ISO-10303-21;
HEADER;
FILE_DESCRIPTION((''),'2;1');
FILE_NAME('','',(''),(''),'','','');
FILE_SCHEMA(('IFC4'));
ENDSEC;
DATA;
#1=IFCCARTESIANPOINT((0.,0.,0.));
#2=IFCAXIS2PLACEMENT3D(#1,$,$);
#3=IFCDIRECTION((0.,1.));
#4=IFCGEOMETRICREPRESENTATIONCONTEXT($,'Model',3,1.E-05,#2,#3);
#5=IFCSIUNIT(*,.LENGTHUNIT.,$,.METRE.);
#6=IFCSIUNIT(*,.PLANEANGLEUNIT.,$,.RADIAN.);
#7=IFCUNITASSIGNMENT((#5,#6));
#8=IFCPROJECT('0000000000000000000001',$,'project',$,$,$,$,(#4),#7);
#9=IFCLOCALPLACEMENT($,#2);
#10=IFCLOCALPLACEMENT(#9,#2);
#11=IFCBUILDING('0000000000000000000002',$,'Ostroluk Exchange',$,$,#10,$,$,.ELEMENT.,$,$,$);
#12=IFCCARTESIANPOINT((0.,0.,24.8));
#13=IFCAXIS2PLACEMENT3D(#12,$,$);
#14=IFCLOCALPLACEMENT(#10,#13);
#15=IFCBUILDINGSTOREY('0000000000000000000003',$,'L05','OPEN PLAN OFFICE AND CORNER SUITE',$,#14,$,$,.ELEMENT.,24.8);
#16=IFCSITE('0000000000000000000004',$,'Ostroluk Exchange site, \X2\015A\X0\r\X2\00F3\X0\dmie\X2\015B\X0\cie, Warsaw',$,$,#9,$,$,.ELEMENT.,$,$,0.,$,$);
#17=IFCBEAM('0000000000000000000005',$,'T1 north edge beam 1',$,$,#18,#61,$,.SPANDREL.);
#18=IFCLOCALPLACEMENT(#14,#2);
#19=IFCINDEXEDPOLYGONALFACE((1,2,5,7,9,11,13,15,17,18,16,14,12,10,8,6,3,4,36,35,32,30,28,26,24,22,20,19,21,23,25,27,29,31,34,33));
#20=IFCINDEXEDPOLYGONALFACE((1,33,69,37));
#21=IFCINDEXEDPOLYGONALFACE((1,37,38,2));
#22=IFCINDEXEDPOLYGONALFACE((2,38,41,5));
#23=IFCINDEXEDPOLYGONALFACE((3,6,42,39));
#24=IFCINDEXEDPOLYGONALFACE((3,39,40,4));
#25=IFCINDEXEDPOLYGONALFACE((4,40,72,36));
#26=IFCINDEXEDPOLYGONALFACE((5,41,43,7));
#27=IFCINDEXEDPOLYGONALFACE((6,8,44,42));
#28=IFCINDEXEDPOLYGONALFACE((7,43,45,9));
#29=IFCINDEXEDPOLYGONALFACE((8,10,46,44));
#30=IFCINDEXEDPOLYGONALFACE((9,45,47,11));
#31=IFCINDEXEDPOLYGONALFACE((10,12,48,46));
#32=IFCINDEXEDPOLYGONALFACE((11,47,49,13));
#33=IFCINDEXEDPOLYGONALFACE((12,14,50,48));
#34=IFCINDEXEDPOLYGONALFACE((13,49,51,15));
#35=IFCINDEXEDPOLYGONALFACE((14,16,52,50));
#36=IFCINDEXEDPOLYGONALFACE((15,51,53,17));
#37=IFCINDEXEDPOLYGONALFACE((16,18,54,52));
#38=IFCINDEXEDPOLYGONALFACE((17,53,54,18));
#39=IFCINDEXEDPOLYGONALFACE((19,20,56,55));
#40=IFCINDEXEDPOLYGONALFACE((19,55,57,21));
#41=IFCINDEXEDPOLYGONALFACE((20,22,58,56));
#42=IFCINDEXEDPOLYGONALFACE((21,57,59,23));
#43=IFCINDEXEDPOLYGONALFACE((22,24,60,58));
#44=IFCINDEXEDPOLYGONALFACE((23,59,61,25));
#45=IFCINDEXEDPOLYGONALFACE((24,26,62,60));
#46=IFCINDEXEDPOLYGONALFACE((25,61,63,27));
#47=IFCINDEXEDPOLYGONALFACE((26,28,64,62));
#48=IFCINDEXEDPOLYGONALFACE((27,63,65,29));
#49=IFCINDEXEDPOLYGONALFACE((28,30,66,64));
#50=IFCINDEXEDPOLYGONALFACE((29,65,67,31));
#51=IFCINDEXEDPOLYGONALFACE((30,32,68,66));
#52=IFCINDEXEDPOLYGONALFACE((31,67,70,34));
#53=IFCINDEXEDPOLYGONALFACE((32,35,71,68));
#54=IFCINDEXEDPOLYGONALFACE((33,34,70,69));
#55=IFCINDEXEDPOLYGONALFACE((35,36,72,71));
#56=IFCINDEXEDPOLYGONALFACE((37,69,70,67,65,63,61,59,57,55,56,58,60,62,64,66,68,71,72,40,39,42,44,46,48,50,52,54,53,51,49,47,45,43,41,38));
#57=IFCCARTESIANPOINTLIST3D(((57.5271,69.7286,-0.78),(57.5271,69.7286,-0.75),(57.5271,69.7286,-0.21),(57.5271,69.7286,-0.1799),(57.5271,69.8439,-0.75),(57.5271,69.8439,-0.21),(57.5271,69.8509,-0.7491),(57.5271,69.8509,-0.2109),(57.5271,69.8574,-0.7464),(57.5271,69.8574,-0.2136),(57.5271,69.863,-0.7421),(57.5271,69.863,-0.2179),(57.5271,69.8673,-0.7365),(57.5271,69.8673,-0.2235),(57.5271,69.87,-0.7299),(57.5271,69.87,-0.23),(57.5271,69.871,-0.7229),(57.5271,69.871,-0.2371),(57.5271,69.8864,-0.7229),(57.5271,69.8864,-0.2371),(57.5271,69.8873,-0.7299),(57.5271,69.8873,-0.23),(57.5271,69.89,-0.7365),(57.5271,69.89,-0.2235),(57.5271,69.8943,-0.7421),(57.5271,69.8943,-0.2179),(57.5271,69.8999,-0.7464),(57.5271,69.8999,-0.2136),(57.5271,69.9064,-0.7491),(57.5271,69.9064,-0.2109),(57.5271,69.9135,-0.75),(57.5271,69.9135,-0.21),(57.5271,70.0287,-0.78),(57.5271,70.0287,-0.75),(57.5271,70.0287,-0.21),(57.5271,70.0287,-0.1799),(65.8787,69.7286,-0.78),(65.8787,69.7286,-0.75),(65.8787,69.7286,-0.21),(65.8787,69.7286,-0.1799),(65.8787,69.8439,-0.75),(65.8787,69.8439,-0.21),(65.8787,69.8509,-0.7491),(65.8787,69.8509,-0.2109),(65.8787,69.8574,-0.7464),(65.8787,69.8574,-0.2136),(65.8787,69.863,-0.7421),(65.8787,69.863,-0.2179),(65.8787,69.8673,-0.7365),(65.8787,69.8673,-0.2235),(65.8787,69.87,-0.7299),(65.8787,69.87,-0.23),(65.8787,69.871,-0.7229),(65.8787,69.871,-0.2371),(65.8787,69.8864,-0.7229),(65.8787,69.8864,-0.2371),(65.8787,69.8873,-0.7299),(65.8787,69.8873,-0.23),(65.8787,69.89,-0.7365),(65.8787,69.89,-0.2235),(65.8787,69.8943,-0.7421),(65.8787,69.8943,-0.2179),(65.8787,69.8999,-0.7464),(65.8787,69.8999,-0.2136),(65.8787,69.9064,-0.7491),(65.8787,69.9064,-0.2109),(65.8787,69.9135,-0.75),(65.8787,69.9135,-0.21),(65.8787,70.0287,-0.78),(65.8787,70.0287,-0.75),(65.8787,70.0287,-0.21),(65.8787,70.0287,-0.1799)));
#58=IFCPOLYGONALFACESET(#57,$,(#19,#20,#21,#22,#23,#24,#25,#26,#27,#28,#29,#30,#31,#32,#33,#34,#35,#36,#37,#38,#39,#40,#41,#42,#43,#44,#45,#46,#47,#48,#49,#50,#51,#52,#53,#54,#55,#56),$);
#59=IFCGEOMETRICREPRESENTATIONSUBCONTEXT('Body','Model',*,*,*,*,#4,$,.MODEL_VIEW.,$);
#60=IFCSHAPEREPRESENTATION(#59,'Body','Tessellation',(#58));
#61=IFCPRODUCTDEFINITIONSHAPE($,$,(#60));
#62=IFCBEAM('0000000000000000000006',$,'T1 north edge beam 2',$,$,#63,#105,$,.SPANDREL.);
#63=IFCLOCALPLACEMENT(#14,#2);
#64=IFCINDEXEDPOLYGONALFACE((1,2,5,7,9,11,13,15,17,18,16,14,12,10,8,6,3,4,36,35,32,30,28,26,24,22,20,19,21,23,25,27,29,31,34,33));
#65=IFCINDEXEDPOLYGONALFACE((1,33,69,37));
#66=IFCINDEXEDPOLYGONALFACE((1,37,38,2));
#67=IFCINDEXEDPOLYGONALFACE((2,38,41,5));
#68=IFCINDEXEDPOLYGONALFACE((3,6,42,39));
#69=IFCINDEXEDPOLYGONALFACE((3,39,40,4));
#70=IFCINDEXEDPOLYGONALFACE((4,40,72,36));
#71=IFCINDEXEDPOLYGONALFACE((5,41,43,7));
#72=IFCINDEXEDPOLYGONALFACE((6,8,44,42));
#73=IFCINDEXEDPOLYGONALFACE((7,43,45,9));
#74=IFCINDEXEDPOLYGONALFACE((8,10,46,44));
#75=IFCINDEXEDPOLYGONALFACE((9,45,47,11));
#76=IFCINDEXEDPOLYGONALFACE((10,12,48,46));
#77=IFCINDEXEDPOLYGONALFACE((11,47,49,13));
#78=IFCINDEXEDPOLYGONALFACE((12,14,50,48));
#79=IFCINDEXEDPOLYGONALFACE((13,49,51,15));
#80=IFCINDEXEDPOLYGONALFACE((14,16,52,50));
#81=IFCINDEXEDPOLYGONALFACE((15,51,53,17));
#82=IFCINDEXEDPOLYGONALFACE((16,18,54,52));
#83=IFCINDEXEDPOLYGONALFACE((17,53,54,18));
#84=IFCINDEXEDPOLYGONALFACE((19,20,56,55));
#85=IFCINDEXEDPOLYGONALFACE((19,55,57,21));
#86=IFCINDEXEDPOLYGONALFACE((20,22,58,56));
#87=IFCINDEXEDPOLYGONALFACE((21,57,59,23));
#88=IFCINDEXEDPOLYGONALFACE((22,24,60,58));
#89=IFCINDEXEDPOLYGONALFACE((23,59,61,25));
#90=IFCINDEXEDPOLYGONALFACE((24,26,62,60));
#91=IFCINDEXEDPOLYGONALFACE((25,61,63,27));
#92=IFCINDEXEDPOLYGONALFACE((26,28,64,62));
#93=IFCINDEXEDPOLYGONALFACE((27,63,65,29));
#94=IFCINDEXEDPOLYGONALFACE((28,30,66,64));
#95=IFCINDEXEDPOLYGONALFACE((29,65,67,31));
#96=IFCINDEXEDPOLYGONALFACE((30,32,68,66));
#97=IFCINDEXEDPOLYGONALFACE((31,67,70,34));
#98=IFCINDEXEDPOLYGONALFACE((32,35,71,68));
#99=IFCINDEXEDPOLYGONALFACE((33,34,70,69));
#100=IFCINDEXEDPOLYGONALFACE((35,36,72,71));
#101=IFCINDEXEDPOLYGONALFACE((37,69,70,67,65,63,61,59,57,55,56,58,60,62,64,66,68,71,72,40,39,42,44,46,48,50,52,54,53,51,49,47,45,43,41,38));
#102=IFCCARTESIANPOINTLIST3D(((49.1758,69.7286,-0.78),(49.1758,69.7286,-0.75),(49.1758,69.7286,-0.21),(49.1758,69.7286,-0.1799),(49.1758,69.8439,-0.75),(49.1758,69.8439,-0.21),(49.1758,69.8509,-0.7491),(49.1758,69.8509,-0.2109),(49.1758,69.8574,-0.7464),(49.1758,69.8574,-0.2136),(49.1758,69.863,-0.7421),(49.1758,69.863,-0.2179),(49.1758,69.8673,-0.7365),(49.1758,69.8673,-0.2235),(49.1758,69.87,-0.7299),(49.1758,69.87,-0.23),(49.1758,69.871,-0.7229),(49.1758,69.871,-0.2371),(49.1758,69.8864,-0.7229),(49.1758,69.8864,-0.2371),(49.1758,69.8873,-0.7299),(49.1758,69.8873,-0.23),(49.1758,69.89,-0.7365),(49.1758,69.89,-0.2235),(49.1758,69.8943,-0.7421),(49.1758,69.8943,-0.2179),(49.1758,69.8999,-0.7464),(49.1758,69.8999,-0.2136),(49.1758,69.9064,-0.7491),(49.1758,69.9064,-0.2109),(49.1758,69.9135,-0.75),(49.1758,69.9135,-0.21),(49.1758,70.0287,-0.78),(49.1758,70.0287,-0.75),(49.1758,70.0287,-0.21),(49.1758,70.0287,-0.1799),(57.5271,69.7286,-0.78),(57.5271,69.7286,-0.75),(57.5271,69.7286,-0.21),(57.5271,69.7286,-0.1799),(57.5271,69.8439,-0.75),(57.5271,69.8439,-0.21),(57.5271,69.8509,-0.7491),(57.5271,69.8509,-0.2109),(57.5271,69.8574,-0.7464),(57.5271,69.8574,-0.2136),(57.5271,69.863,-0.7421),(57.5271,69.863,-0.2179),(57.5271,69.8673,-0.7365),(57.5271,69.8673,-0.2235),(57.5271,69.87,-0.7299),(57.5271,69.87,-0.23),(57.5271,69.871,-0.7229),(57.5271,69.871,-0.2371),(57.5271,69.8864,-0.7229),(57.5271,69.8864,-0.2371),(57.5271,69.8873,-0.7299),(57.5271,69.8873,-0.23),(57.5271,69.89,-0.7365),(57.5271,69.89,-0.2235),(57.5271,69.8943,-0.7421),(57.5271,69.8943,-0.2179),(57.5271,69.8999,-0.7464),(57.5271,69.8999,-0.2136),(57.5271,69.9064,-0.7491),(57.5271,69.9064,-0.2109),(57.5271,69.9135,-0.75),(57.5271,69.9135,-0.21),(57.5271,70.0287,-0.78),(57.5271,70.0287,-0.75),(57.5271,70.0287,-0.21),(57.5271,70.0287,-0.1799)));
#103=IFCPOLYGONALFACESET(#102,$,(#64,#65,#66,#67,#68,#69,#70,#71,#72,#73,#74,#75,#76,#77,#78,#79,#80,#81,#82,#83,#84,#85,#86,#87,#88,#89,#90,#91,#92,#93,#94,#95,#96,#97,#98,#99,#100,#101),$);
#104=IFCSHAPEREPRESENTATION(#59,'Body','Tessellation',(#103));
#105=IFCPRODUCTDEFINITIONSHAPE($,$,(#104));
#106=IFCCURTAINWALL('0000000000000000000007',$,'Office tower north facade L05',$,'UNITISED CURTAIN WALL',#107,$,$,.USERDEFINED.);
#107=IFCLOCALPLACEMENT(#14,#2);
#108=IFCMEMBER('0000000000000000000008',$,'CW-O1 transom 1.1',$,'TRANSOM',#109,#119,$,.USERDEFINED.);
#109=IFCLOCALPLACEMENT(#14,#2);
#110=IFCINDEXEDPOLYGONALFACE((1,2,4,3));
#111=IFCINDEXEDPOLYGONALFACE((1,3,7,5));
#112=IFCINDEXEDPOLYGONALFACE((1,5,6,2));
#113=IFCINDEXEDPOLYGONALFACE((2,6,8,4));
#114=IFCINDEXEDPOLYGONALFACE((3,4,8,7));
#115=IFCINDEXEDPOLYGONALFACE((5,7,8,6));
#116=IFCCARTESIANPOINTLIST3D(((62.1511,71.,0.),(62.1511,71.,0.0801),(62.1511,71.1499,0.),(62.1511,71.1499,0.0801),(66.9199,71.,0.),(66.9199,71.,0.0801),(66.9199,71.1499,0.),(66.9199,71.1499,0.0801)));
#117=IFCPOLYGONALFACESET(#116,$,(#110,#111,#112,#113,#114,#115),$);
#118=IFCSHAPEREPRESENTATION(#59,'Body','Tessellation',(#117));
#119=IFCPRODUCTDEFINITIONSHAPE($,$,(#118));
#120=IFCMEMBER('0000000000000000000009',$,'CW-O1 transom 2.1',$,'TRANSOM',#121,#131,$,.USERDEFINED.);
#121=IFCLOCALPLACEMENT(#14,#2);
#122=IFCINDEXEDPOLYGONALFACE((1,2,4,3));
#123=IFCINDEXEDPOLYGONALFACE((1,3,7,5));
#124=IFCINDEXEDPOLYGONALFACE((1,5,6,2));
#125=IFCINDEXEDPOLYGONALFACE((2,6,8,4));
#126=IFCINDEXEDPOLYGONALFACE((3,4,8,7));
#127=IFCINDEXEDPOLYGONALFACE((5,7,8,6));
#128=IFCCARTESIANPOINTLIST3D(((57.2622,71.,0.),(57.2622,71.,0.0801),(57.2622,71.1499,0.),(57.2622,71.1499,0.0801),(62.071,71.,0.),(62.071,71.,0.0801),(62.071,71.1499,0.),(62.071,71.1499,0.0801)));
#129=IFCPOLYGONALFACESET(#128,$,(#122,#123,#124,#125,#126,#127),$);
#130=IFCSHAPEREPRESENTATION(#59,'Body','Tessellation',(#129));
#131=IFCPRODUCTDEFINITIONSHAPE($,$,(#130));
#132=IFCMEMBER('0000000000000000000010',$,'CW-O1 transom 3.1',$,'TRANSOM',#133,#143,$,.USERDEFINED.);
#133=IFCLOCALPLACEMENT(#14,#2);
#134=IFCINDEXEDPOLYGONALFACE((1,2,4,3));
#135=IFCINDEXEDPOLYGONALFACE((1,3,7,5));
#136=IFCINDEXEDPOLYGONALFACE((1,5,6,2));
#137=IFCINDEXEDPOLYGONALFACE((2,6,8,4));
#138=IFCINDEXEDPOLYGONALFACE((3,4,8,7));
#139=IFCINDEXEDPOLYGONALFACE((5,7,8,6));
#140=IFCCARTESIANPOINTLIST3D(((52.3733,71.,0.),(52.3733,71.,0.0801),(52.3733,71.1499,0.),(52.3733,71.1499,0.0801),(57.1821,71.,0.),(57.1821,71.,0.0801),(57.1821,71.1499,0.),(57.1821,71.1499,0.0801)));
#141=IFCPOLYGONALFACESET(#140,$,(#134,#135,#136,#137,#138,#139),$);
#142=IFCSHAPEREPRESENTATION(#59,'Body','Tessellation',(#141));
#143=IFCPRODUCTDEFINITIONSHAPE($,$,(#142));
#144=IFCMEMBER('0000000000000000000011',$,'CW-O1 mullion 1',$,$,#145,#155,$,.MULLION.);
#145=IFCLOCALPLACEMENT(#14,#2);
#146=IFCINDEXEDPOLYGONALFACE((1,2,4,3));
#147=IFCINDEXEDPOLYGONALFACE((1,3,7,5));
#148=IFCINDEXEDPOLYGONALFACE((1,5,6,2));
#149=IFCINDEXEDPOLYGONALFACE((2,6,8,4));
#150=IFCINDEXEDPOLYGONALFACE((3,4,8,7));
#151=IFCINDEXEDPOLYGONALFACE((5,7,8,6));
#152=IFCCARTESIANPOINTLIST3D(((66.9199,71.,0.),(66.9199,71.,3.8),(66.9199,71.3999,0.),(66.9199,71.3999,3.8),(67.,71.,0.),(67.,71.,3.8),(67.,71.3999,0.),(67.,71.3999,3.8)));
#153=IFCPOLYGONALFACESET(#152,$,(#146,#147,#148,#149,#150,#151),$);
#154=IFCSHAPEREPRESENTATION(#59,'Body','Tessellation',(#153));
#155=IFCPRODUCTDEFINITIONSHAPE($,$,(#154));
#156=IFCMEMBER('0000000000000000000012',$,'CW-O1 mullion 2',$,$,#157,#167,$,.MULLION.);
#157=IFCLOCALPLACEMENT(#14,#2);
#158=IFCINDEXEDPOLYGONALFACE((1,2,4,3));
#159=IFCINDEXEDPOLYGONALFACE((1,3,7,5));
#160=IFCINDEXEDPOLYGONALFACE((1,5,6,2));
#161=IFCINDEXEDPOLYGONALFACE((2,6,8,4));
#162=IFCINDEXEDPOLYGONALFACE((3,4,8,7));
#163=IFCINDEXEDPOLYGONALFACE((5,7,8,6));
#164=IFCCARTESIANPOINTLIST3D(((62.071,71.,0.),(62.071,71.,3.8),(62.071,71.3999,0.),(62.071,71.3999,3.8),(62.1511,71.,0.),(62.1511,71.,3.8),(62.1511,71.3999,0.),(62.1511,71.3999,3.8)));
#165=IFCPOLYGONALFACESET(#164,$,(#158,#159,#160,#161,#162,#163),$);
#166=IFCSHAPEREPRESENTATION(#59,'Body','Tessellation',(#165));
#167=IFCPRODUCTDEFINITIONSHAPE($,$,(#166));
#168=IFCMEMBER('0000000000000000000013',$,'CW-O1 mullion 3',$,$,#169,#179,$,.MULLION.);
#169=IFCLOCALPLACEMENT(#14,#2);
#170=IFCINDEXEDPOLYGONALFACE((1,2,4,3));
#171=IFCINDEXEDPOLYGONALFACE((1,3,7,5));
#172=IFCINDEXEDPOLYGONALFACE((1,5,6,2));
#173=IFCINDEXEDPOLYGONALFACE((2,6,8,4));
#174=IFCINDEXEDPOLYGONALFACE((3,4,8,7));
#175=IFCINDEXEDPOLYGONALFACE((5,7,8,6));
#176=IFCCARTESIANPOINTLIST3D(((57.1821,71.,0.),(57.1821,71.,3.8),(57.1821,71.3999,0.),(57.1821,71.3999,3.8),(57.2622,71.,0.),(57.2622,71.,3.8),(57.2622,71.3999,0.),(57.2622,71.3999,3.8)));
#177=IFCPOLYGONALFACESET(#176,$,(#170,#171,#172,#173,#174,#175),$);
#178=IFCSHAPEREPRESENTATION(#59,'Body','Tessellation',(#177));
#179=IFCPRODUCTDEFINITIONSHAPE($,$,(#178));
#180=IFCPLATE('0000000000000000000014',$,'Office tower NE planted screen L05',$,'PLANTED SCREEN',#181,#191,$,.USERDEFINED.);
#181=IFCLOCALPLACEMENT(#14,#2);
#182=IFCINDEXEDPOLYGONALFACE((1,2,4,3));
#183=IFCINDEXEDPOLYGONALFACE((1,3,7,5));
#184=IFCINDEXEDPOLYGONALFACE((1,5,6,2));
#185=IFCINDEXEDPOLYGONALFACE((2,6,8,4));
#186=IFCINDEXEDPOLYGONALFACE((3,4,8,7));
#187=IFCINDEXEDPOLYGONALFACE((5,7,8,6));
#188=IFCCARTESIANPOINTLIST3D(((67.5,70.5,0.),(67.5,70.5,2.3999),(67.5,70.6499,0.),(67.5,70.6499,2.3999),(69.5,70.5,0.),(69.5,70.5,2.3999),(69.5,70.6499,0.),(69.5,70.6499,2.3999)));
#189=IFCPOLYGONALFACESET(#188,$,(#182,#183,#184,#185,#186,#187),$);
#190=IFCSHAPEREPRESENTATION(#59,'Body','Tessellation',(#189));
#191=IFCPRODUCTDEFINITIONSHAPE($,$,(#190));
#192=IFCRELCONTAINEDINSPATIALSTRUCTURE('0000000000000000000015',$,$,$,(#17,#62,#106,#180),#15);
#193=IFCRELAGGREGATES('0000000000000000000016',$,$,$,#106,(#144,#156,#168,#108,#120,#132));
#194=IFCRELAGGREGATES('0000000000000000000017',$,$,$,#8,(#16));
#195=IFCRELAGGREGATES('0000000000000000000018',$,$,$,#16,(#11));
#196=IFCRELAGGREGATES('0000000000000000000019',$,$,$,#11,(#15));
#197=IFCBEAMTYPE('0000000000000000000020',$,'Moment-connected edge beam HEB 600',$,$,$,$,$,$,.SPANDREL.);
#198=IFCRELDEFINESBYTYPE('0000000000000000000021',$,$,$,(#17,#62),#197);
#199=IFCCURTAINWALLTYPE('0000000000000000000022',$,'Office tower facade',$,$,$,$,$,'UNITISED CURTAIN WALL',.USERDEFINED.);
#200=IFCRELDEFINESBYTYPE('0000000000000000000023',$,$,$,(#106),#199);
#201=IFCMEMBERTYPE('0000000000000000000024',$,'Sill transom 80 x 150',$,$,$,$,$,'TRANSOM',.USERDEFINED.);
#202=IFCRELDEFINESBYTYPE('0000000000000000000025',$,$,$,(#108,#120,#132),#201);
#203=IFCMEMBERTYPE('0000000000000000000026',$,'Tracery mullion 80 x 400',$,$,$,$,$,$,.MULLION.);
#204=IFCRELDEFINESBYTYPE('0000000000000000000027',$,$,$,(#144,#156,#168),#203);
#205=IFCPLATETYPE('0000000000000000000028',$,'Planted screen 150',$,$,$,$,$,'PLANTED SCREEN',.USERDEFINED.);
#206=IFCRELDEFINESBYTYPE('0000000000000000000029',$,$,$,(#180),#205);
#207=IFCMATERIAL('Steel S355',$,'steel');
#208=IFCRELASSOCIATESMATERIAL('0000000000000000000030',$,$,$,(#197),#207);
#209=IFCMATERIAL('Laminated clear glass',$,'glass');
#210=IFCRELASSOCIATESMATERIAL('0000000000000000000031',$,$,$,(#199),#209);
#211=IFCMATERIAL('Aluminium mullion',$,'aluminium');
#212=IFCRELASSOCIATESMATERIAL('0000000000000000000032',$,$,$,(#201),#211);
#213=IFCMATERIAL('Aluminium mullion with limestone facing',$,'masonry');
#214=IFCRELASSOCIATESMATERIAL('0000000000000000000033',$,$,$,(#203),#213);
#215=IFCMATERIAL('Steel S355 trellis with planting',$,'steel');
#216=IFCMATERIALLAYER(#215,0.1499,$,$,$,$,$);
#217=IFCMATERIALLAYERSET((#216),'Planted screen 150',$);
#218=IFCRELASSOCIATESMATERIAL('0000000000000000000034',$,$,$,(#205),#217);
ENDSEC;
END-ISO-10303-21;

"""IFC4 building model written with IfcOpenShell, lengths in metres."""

from ifc_helpers import new_model, si_unit, direction, frame, origin, origin_2d, place, context, subcontext, project, spatial, rectangle, i_section, extrude, material, layer, layer_set, material_profile, profile_set, type_object, element, aggregate, save


model = new_model("IFC4")

# Units and contexts
model_context = context("Model", 3, precision=1e-05, world=origin(), true_north=direction((0.0, 1.0)))
body_context = subcontext(model_context, "Body", "Model", "MODEL_VIEW")
ifc_project = project(units=[si_unit("LENGTHUNIT", "METRE"), si_unit("PLANEANGLEUNIT", "RADIAN")], contexts=[model_context])

# Site, building, storey
site_placement = place(None, origin())
site = spatial("IfcSite", under=ifc_project, at=site_placement, Name="Ostroluk Exchange site, Śródmieście, Warsaw", CompositionType="ELEMENT", RefElevation=0.0)
building_placement = place(site_placement, origin())
building = spatial("IfcBuilding", under=site, at=building_placement, Name="Ostroluk Exchange", CompositionType="ELEMENT")
storey_placement = place(building_placement, frame((0.0, 0.0, 24.8)))
storey = spatial("IfcBuildingStorey", under=building, at=storey_placement, Name="L05", Description="OPEN PLAN OFFICE AND CORNER SUITE", CompositionType="ELEMENT", Elevation=24.8)

# Beams
ifc_material_1 = material(Name="Steel S355", Category="steel")
ifc_material_profile_1 = material_profile(ifc_material_1, i_section(OverallWidth=0.3, OverallDepth=0.6001, WebThickness=0.0154, FlangeThickness=0.03, FilletRadius=0.0271, at=origin_2d()), Name="HEB 600")
ifc_profile_set_1 = profile_set([ifc_material_profile_1], Name="Steel S355")
beam_type_1 = type_object("IfcBeamType", Name="Moment-connected edge beam HEB 600", PredefinedType="SPANDREL", material=ifc_profile_set_1)
beam_1_placement = place(storey_placement, frame((65.8787, 69.8787, -0.48), z_axis=(-1.0, 0.0, 0.0), x_axis=(0.0, -1.0, 0.0)))
element("IfcBeam", 1, at=beam_1_placement, inside=storey, type_object=beam_type_1, Name="T1 north edge beam 1", PredefinedType="SPANDREL", context=body_context, shape_type="SweptSolid", body=[
    extrude(i_section(OverallWidth=0.3, OverallDepth=0.6001, WebThickness=0.0154, FlangeThickness=0.03, FilletRadius=0.0271, at=origin_2d()), origin(), (0.0, 0.0, 1.0), 8.3516),
])
beam_2_placement = place(storey_placement, frame((57.5271, 69.8787, -0.48), z_axis=(-1.0, 0.0, 0.0), x_axis=(0.0, -1.0, 0.0)))
element("IfcBeam", 2, at=beam_2_placement, inside=storey, type_object=beam_type_1, Name="T1 north edge beam 2", PredefinedType="SPANDREL", context=body_context, shape_type="SweptSolid", body=[
    extrude(i_section(OverallWidth=0.3, OverallDepth=0.6001, WebThickness=0.0154, FlangeThickness=0.03, FilletRadius=0.0271, at=origin_2d()), origin(), (0.0, 0.0, 1.0), 8.3513),
])

# Curtain wall, members
ifc_material_2 = material(Name="Laminated clear glass", Category="glass")
curtain_wall_type = type_object("IfcCurtainWallType", Name="Office tower facade", ElementType="UNITISED CURTAIN WALL", PredefinedType="USERDEFINED", material=ifc_material_2)
curtain_wall_placement = place(storey_placement, origin())
curtain_wall = element("IfcCurtainWall", 3, at=curtain_wall_placement, inside=storey, type_object=curtain_wall_type, Name="Office tower north facade L05", ObjectType="UNITISED CURTAIN WALL", PredefinedType="USERDEFINED")
ifc_material_3 = material(Name="Aluminium mullion", Category="aluminium")
ifc_material_profile_2 = material_profile(ifc_material_3, rectangle(XDim=0.1499, YDim=0.0801, at=origin_2d()), Name="Sill transom 80 x 150")
ifc_profile_set_2 = profile_set([ifc_material_profile_2], Name="Aluminium mullion")
member_type_1 = type_object("IfcMemberType", Name="Sill transom 80 x 150", ElementType="TRANSOM", PredefinedType="USERDEFINED", material=ifc_profile_set_2)
member_1_placement = place(storey_placement, frame((66.9199, 71.075, 0.04), z_axis=(-1.0, 0.0, 0.0), x_axis=(0.0, -1.0, 0.0)))
member_1 = element("IfcMember", 4, at=member_1_placement, type_object=member_type_1, Name="CW-O1 transom 1.1", ObjectType="TRANSOM", PredefinedType="USERDEFINED", context=body_context, shape_type="SweptSolid", body=[
    extrude(rectangle(XDim=0.1499, YDim=0.0801, at=origin_2d()), origin(), (0.0, 0.0, 1.0), 4.7688),
])
member_2_placement = place(storey_placement, frame((62.071, 71.075, 0.04), z_axis=(-1.0, 0.0, 0.0), x_axis=(0.0, -1.0, 0.0)))
member_2 = element("IfcMember", 5, at=member_2_placement, type_object=member_type_1, Name="CW-O1 transom 2.1", ObjectType="TRANSOM", PredefinedType="USERDEFINED", context=body_context, shape_type="SweptSolid", body=[
    extrude(rectangle(XDim=0.1499, YDim=0.0801, at=origin_2d()), origin(), (0.0, 0.0, 1.0), 4.8088),
])
member_3_placement = place(storey_placement, frame((57.1821, 71.075, 0.04), z_axis=(-1.0, 0.0, 0.0), x_axis=(0.0, -1.0, 0.0)))
member_3 = element("IfcMember", 6, at=member_3_placement, type_object=member_type_1, Name="CW-O1 transom 3.1", ObjectType="TRANSOM", PredefinedType="USERDEFINED", context=body_context, shape_type="SweptSolid", body=[
    extrude(rectangle(XDim=0.1499, YDim=0.0801, at=origin_2d()), origin(), (0.0, 0.0, 1.0), 4.8088),
])
ifc_material_4 = material(Name="Aluminium mullion with limestone facing", Category="masonry")
ifc_material_profile_3 = material_profile(ifc_material_4, rectangle(XDim=0.3999, YDim=0.0801, at=origin_2d()), Name="Tracery mullion 80 x 400")
ifc_profile_set_3 = profile_set([ifc_material_profile_3], Name="Aluminium mullion with limestone facing")
member_type_2 = type_object("IfcMemberType", Name="Tracery mullion 80 x 400", PredefinedType="MULLION", material=ifc_profile_set_3)
member_4_placement = place(storey_placement, frame((66.96, 71.2, 0.0), z_axis=(0.0, 0.0, 1.0), x_axis=(0.0, -1.0, 0.0)))
member_4 = element("IfcMember", 7, at=member_4_placement, type_object=member_type_2, Name="CW-O1 mullion 1", PredefinedType="MULLION", context=body_context, shape_type="SweptSolid", body=[
    extrude(rectangle(XDim=0.3999, YDim=0.0801, at=origin_2d()), origin(), (0.0, 0.0, 1.0), 3.8),
])
member_5_placement = place(storey_placement, frame((62.1111, 71.2, 0.0), z_axis=(0.0, 0.0, 1.0), x_axis=(0.0, -1.0, 0.0)))
member_5 = element("IfcMember", 8, at=member_5_placement, type_object=member_type_2, Name="CW-O1 mullion 2", PredefinedType="MULLION", context=body_context, shape_type="SweptSolid", body=[
    extrude(rectangle(XDim=0.3999, YDim=0.0801, at=origin_2d()), origin(), (0.0, 0.0, 1.0), 3.8),
])
member_6_placement = place(storey_placement, frame((57.2222, 71.2, 0.0), z_axis=(0.0, 0.0, 1.0), x_axis=(0.0, -1.0, 0.0)))
member_6 = element("IfcMember", 9, at=member_6_placement, type_object=member_type_2, Name="CW-O1 mullion 3", PredefinedType="MULLION", context=body_context, shape_type="SweptSolid", body=[
    extrude(rectangle(XDim=0.3999, YDim=0.0801, at=origin_2d()), origin(), (0.0, 0.0, 1.0), 3.8),
])

# Plate
ifc_material_5 = material(Name="Steel S355 trellis with planting", Category="steel")
ifc_layer_1 = layer(ifc_material_5, 0.1499)
ifc_layer_set_1 = layer_set([ifc_layer_1], Name="Planted screen 150")
plate_type_1 = type_object("IfcPlateType", Name="Planted screen 150", ElementType="PLANTED SCREEN", PredefinedType="USERDEFINED", material=ifc_layer_set_1)
plate_1_placement = place(storey_placement, frame((68.5, 70.575, 0.0), z_axis=(0.0, 0.0, 1.0), x_axis=(1.0, 0.0, 0.0)))
element("IfcPlate", 10, at=plate_1_placement, inside=storey, type_object=plate_type_1, Name="Office tower NE planted screen L05", ObjectType="PLANTED SCREEN", PredefinedType="USERDEFINED", context=body_context, shape_type="SweptSolid", body=[
    extrude(rectangle(XDim=2.0, YDim=0.1499, at=origin_2d()), origin(), (0.0, 0.0, 1.0), 2.3999),
])
aggregate(curtain_wall, [member_4, member_5, member_6, member_1, member_2, member_3])

save(model, "model.ifc")
